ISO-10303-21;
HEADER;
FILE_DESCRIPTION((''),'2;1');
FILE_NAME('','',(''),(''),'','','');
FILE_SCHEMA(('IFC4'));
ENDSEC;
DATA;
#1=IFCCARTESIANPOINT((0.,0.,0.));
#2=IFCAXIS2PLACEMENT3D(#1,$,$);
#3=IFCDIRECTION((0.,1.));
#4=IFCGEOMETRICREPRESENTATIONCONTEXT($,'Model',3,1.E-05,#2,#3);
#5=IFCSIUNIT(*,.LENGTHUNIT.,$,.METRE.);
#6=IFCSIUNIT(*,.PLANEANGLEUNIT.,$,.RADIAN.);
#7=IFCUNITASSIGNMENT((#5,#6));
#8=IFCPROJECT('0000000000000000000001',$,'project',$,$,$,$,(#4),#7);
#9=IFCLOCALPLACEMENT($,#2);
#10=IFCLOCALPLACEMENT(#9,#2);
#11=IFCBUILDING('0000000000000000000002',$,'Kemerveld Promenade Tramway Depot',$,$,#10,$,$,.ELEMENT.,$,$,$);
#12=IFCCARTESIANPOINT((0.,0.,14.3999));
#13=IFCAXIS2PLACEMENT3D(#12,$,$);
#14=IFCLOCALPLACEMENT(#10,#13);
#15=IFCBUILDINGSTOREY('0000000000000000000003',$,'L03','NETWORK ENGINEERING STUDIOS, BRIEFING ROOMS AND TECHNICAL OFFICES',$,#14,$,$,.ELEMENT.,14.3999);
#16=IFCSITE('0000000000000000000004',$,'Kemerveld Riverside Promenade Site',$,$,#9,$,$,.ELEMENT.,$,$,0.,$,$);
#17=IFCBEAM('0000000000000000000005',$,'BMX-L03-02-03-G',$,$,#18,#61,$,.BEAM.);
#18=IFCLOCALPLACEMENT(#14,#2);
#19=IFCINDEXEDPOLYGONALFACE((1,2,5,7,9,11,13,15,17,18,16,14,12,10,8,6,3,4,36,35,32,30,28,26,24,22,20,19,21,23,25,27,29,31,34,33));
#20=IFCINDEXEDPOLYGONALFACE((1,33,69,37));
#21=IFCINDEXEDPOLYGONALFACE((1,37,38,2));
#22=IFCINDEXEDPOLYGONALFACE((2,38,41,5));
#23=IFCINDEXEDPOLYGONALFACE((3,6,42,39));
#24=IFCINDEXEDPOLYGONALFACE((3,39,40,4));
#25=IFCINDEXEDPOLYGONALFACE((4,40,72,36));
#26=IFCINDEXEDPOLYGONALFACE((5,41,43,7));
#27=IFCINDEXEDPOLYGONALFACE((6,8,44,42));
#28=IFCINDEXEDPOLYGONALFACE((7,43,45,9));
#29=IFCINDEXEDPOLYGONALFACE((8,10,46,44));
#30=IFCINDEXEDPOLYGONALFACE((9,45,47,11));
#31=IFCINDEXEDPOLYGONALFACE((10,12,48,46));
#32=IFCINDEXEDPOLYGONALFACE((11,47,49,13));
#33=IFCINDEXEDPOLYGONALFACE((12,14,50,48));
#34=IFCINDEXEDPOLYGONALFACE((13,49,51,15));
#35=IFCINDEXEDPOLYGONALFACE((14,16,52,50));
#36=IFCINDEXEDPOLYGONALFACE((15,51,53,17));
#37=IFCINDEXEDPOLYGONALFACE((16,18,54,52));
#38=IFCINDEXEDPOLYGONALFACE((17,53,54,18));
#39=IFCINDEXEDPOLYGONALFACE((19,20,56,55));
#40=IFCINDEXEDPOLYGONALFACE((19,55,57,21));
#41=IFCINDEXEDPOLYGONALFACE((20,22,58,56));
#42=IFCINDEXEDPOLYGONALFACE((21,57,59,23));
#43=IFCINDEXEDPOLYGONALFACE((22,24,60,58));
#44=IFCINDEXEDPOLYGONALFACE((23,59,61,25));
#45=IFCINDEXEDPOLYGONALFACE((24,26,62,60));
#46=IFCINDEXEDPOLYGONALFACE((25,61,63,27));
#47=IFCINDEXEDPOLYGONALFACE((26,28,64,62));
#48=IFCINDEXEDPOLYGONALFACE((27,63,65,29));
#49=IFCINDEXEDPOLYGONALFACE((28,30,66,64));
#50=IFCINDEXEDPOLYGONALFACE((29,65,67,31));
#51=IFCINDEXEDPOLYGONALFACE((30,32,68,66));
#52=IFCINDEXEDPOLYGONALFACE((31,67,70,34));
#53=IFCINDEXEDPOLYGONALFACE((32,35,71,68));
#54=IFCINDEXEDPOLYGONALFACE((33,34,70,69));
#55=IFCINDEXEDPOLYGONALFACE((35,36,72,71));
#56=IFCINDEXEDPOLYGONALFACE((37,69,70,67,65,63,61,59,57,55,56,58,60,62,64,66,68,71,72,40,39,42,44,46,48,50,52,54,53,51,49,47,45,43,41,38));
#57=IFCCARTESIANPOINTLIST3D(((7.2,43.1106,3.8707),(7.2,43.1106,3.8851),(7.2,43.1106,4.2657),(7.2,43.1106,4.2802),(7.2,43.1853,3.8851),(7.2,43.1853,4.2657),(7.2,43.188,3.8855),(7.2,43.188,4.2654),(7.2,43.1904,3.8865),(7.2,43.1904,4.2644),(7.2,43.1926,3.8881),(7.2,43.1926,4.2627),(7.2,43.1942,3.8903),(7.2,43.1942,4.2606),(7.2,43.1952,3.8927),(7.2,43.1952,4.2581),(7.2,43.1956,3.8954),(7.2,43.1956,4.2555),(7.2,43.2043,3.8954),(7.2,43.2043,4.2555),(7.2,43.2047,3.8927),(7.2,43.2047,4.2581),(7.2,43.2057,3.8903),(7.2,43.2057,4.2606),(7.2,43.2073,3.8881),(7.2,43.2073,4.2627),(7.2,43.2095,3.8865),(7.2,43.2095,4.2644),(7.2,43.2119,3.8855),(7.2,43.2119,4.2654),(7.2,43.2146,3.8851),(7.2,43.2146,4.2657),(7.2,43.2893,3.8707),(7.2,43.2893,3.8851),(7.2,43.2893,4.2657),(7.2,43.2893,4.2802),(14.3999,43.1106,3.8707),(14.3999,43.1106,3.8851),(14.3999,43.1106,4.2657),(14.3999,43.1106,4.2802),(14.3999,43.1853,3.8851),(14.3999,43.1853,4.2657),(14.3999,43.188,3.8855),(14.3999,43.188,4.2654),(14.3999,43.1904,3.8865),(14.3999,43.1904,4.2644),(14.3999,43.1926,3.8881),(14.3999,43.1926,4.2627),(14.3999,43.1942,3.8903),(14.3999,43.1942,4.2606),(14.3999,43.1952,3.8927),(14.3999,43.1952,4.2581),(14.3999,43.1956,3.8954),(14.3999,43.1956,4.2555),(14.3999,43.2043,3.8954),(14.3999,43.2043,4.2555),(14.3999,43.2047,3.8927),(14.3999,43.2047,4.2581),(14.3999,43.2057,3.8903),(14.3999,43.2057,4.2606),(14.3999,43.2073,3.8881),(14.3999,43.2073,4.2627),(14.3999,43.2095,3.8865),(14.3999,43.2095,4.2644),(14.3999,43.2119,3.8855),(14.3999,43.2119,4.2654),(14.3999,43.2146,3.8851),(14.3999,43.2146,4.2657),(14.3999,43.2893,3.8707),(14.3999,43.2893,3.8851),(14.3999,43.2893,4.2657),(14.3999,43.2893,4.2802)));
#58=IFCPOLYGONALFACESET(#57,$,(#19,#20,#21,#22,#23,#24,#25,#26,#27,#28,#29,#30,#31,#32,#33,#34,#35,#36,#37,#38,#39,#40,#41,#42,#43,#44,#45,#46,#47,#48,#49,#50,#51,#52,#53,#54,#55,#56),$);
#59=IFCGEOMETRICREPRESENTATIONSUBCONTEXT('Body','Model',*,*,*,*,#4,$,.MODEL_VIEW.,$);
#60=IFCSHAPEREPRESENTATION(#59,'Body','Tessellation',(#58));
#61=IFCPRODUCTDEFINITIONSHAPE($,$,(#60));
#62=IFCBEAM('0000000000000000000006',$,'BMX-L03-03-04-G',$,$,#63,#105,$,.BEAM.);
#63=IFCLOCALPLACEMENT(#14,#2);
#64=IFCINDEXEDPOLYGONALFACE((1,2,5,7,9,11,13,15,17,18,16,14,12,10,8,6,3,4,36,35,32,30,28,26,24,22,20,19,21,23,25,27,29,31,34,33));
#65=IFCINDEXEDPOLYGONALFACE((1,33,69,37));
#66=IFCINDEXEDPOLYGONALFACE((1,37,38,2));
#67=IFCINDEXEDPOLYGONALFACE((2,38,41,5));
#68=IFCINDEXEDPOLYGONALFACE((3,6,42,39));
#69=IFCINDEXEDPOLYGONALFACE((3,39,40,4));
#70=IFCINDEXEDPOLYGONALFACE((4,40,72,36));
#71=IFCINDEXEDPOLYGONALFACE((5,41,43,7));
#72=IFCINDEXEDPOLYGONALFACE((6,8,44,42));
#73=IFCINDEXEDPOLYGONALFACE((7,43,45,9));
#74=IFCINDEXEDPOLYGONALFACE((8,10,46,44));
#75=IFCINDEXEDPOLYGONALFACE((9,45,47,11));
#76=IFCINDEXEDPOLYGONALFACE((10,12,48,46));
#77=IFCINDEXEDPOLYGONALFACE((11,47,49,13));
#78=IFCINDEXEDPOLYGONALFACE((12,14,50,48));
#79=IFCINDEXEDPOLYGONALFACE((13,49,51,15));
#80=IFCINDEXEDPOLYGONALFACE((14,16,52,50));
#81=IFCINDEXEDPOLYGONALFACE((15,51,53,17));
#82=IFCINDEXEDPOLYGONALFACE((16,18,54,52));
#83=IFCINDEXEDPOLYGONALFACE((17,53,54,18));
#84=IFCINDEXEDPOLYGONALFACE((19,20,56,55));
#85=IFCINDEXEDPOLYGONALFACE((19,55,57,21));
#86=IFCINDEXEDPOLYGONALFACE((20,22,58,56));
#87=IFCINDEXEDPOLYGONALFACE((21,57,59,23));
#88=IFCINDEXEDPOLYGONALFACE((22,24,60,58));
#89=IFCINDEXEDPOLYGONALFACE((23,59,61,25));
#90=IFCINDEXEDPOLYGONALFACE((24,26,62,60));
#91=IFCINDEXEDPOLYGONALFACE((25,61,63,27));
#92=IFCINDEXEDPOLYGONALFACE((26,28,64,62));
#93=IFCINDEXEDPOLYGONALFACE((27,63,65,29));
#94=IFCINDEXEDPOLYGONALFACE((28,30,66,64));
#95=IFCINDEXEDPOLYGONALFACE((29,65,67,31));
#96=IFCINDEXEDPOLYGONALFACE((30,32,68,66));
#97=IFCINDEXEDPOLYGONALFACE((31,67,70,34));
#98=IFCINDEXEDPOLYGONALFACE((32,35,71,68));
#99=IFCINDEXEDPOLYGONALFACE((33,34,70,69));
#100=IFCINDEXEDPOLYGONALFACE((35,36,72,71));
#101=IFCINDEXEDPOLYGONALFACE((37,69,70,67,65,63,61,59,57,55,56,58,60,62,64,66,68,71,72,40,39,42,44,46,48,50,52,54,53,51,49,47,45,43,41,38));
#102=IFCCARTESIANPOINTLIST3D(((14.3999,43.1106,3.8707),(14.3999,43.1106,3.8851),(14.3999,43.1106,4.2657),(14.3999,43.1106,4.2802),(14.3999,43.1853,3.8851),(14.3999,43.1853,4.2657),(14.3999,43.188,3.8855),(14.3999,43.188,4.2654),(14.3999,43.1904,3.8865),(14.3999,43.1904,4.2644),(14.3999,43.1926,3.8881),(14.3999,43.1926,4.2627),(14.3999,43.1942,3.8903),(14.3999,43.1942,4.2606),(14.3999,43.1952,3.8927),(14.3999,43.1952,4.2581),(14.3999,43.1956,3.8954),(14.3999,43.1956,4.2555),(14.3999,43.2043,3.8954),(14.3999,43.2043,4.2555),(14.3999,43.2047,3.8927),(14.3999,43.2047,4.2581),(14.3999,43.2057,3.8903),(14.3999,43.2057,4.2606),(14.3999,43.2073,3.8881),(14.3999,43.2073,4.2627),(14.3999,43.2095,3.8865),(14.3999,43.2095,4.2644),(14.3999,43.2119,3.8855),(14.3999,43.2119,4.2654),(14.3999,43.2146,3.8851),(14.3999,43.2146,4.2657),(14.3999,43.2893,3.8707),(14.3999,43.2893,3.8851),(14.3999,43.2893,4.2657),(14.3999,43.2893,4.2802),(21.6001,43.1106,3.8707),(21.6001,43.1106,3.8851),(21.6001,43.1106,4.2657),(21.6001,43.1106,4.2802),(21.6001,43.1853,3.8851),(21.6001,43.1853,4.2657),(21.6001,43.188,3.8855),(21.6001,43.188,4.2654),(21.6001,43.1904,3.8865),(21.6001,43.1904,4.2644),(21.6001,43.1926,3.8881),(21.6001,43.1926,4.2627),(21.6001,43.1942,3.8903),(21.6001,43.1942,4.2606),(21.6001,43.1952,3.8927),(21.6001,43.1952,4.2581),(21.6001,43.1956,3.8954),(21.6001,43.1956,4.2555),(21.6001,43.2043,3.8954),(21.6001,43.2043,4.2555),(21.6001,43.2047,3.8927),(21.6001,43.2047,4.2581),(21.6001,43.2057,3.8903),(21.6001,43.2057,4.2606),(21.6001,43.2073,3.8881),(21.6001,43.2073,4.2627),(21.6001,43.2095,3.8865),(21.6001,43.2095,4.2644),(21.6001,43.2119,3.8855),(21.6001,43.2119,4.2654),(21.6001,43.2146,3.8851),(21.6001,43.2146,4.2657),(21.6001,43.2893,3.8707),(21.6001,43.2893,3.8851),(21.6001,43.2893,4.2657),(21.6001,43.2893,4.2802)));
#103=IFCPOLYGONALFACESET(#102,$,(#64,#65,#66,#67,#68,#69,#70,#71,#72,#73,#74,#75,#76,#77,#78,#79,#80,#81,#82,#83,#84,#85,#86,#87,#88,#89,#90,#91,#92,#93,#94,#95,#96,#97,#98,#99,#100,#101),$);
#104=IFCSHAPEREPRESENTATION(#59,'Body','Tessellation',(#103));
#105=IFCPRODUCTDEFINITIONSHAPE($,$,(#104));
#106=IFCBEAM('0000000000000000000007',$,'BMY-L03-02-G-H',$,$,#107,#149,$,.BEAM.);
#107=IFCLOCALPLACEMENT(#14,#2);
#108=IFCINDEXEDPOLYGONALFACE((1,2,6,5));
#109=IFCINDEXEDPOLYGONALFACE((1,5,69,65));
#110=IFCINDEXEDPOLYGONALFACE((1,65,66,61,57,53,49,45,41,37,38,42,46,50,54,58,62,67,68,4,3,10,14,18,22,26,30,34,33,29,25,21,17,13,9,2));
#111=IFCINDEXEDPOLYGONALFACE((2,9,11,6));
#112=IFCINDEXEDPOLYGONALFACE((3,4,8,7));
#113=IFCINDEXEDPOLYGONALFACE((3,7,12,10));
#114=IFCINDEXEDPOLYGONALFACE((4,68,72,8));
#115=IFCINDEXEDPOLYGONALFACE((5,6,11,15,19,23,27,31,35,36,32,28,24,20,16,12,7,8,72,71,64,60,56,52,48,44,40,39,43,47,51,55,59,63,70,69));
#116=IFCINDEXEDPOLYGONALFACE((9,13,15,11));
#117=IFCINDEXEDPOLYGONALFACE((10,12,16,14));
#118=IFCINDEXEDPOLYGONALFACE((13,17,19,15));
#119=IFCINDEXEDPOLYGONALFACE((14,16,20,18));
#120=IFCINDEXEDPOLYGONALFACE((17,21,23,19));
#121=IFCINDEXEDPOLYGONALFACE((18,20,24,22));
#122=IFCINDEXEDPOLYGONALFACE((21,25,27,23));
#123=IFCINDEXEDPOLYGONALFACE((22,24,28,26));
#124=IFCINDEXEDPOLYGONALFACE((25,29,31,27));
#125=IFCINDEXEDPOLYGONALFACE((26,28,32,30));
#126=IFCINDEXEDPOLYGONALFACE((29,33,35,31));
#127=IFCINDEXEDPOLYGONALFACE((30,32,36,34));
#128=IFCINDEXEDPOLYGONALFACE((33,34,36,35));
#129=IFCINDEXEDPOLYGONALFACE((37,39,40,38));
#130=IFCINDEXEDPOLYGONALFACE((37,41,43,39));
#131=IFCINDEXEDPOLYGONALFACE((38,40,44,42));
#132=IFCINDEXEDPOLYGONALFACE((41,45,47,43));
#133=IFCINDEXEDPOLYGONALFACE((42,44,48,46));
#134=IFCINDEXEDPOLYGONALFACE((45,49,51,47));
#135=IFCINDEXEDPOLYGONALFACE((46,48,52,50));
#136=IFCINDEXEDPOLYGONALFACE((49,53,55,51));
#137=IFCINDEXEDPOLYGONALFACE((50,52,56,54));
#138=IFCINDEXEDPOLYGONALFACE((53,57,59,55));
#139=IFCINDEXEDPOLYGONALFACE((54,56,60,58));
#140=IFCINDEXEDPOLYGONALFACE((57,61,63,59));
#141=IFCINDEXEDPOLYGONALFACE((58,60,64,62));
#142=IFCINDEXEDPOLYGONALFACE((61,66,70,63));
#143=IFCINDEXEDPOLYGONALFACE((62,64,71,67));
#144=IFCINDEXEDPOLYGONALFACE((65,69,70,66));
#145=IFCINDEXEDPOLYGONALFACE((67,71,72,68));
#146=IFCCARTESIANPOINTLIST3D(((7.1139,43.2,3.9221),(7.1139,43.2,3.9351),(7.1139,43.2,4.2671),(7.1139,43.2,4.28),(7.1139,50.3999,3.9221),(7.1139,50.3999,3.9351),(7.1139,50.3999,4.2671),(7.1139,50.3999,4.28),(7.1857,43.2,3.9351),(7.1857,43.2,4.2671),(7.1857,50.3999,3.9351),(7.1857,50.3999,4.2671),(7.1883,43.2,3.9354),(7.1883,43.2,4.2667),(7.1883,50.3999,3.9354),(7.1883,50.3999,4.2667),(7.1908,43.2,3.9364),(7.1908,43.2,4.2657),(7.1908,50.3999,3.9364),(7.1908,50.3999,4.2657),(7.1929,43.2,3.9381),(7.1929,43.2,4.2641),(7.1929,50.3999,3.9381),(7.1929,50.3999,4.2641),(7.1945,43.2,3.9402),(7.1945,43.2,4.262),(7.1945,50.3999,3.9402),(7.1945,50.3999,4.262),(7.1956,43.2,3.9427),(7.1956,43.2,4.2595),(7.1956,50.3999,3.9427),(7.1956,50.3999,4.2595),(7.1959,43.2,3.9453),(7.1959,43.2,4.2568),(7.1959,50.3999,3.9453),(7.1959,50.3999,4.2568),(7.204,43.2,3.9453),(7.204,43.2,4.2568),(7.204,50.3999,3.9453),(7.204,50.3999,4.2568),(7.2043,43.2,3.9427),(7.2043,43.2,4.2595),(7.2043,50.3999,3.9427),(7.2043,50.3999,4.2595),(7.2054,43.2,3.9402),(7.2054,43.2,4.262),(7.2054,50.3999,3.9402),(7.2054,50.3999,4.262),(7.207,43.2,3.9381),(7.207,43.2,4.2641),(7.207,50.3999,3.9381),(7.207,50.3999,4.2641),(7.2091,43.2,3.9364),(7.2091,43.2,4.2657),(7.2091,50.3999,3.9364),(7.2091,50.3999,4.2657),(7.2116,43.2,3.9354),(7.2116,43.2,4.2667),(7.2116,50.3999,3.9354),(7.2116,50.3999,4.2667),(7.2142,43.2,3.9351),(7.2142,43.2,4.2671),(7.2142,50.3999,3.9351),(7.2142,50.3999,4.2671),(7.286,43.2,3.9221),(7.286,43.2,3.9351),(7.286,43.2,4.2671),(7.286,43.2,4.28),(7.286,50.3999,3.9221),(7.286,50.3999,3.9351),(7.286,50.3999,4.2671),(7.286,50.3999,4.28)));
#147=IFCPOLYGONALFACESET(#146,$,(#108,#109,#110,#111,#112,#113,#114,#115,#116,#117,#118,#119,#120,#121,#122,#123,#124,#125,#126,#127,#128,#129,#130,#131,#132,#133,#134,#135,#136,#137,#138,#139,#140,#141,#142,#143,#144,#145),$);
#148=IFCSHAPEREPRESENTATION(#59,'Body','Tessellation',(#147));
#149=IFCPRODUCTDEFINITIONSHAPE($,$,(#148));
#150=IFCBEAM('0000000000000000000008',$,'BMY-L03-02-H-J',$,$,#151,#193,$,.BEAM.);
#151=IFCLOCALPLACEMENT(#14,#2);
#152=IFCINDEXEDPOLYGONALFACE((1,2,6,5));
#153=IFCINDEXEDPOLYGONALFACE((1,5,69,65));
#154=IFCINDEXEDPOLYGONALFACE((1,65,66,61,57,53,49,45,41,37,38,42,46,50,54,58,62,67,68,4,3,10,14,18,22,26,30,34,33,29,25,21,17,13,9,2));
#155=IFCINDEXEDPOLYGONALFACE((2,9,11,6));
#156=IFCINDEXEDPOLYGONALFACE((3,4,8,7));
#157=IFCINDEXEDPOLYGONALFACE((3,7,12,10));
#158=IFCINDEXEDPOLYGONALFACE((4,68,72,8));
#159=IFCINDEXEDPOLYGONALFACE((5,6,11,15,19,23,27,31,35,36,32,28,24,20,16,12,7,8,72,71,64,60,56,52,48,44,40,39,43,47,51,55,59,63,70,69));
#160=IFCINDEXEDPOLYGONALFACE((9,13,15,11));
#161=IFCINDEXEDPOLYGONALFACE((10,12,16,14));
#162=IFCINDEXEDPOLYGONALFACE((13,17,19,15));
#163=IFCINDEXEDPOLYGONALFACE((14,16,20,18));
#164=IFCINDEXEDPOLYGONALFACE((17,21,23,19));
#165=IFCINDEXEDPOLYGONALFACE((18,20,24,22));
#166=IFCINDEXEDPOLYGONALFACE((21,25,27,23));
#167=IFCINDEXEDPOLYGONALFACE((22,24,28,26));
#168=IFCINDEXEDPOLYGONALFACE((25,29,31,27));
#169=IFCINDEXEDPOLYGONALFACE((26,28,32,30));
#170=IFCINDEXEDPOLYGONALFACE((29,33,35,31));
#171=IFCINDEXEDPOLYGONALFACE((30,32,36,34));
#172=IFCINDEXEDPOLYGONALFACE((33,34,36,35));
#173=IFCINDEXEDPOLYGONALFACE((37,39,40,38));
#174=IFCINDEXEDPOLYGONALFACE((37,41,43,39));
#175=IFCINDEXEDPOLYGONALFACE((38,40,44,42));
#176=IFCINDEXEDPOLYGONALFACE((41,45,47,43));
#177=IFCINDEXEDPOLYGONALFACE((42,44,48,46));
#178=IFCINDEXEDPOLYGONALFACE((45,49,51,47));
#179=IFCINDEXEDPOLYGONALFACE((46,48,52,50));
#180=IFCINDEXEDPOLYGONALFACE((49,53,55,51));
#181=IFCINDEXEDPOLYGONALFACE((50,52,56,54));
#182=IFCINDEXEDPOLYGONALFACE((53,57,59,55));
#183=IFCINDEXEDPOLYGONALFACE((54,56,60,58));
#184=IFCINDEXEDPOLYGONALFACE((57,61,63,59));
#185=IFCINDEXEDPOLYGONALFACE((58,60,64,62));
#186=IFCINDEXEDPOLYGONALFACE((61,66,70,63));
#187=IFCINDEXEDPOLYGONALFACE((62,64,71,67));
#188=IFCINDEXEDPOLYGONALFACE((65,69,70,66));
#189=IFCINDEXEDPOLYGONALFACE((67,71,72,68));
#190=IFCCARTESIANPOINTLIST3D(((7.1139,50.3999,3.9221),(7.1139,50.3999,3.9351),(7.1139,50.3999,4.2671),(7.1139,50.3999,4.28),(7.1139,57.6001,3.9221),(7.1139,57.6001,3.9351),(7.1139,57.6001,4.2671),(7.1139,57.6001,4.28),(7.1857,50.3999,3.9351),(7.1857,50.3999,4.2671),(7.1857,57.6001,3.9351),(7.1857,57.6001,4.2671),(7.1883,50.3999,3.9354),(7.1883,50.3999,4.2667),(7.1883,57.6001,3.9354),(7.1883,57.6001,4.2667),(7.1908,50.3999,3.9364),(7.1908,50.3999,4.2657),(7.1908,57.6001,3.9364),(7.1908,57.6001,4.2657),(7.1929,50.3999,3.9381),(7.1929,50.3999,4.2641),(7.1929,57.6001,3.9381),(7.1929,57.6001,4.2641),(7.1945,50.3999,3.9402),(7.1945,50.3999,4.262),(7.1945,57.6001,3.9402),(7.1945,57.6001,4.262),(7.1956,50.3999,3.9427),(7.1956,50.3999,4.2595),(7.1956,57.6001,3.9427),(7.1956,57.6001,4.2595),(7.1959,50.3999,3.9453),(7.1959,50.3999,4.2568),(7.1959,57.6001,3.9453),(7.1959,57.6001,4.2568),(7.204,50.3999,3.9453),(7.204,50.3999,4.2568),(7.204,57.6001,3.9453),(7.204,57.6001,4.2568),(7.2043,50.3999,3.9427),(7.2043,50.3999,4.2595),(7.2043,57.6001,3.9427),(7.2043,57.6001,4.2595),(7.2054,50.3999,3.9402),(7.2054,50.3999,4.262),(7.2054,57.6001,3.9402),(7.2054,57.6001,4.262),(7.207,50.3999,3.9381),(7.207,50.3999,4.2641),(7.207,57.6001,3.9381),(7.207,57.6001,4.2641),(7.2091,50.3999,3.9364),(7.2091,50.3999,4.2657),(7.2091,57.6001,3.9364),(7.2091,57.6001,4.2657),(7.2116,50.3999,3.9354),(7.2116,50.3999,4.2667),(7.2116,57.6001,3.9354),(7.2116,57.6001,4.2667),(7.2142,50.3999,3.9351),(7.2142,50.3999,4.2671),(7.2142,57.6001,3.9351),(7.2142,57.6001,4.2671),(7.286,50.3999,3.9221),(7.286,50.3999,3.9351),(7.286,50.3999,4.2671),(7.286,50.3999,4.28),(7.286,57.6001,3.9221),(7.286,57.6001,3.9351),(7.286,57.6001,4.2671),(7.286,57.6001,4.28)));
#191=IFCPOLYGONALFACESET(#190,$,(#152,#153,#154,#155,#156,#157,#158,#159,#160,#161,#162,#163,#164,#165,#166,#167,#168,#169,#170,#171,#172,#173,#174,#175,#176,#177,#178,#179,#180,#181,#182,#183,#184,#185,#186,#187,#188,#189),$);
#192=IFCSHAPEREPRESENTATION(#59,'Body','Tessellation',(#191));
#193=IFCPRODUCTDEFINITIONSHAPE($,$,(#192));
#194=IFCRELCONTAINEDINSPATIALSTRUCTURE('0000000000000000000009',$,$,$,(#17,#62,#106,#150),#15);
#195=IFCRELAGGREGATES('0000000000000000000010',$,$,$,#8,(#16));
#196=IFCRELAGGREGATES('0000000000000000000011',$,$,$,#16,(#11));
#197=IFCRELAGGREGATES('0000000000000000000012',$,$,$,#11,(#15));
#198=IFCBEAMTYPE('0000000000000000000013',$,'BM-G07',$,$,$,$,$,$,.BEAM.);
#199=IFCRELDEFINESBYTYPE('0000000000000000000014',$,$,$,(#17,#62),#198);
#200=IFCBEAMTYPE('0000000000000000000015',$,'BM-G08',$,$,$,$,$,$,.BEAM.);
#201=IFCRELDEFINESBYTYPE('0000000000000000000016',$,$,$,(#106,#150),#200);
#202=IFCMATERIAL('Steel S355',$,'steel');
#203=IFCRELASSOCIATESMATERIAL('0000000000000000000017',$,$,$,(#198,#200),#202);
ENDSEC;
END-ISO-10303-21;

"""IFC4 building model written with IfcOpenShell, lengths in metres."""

from ifc_helpers import new_model, si_unit, direction, frame, origin, origin_2d, place, context, subcontext, project, spatial, i_section, extrude, material, material_profile, profile_set, type_object, element, save


model = new_model("IFC4")

# Units and contexts
model_context = context("Model", 3, precision=1e-05, world=origin(), true_north=direction((0.0, 1.0)))
body_context = subcontext(model_context, "Body", "Model", "MODEL_VIEW")
ifc_project = project(units=[si_unit("LENGTHUNIT", "METRE"), si_unit("PLANEANGLEUNIT", "RADIAN")], contexts=[model_context])

# Site, building, storey
site_placement = place(None, origin())
site = spatial("IfcSite", under=ifc_project, at=site_placement, Name="Kemerveld Riverside Promenade Site", CompositionType="ELEMENT", RefElevation=0.0)
building_placement = place(site_placement, origin())
building = spatial("IfcBuilding", under=site, at=building_placement, Name="Kemerveld Promenade Tramway Depot", CompositionType="ELEMENT")
storey_placement = place(building_placement, frame((0.0, 0.0, 14.3999)))
storey = spatial("IfcBuildingStorey", under=building, at=storey_placement, Name="L03", Description="NETWORK ENGINEERING STUDIOS, BRIEFING ROOMS AND TECHNICAL OFFICES", CompositionType="ELEMENT", Elevation=14.3999)

# Shared definitions
ifc_material_1 = material(Name="Steel S355", Category="steel")

# Beams
ifc_material_profile_1 = material_profile(ifc_material_1, i_section(OverallWidth=0.1787, OverallDepth=0.4094, WebThickness=0.0088, FlangeThickness=0.0144, FilletRadius=0.0103, at=origin_2d()), Name="406x178x67 UB")
ifc_profile_set_1 = profile_set([ifc_material_profile_1], Name="Steel S355")
beam_type_1 = type_object("IfcBeamType", Name="BM-G07", PredefinedType="BEAM", material=ifc_profile_set_1)
beam_1_placement = place(storey_placement, frame((7.2, 43.2, 4.0754), z_axis=(1.0, 0.0, 0.0), x_axis=(0.0, 1.0, 0.0)))
element("IfcBeam", 1, at=beam_1_placement, inside=storey, type_object=beam_type_1, Name="BMX-L03-02-03-G", PredefinedType="BEAM", context=body_context, shape_type="SweptSolid", body=[
    extrude(i_section(OverallWidth=0.1787, OverallDepth=0.4094, WebThickness=0.0088, FlangeThickness=0.0144, FilletRadius=0.0103, at=origin_2d()), origin(), (0.0, 0.0, 1.0), 7.2),
])
beam_2_placement = place(storey_placement, frame((14.3999, 43.2, 4.0754), z_axis=(1.0, 0.0, 0.0), x_axis=(0.0, 1.0, 0.0)))
element("IfcBeam", 2, at=beam_2_placement, inside=storey, type_object=beam_type_1, Name="BMX-L03-03-04-G", PredefinedType="BEAM", context=body_context, shape_type="SweptSolid", body=[
    extrude(i_section(OverallWidth=0.1787, OverallDepth=0.4094, WebThickness=0.0088, FlangeThickness=0.0144, FilletRadius=0.0103, at=origin_2d()), origin(), (0.0, 0.0, 1.0), 7.2002),
])
ifc_material_profile_2 = material_profile(ifc_material_1, i_section(OverallWidth=0.1721, OverallDepth=0.3579, WebThickness=0.0081, FlangeThickness=0.0129, FilletRadius=0.0103, at=origin_2d()), Name="356x171x57 UB")
ifc_profile_set_2 = profile_set([ifc_material_profile_2], Name="Steel S355")
beam_type_2 = type_object("IfcBeamType", Name="BM-G08", PredefinedType="BEAM", material=ifc_profile_set_2)
beam_3_placement = place(storey_placement, frame((7.2, 43.2, 4.1011), z_axis=(0.0, 1.0, 0.0), x_axis=(-1.0, 0.0, 0.0)))
element("IfcBeam", 3, at=beam_3_placement, inside=storey, type_object=beam_type_2, Name="BMY-L03-02-G-H", PredefinedType="BEAM", context=body_context, shape_type="SweptSolid", body=[
    extrude(i_section(OverallWidth=0.1721, OverallDepth=0.3579, WebThickness=0.0081, FlangeThickness=0.0129, FilletRadius=0.0103, at=origin_2d()), origin(), (0.0, 0.0, 1.0), 7.2),
])
beam_4_placement = place(storey_placement, frame((7.2, 50.3999, 4.1011), z_axis=(0.0, 1.0, 0.0), x_axis=(-1.0, 0.0, 0.0)))
element("IfcBeam", 4, at=beam_4_placement, inside=storey, type_object=beam_type_2, Name="BMY-L03-02-H-J", PredefinedType="BEAM", context=body_context, shape_type="SweptSolid", body=[
    extrude(i_section(OverallWidth=0.1721, OverallDepth=0.3579, WebThickness=0.0081, FlangeThickness=0.0129, FilletRadius=0.0103, at=origin_2d()), origin(), (0.0, 0.0, 1.0), 7.2002),
])

save(model, "model.ifc")
